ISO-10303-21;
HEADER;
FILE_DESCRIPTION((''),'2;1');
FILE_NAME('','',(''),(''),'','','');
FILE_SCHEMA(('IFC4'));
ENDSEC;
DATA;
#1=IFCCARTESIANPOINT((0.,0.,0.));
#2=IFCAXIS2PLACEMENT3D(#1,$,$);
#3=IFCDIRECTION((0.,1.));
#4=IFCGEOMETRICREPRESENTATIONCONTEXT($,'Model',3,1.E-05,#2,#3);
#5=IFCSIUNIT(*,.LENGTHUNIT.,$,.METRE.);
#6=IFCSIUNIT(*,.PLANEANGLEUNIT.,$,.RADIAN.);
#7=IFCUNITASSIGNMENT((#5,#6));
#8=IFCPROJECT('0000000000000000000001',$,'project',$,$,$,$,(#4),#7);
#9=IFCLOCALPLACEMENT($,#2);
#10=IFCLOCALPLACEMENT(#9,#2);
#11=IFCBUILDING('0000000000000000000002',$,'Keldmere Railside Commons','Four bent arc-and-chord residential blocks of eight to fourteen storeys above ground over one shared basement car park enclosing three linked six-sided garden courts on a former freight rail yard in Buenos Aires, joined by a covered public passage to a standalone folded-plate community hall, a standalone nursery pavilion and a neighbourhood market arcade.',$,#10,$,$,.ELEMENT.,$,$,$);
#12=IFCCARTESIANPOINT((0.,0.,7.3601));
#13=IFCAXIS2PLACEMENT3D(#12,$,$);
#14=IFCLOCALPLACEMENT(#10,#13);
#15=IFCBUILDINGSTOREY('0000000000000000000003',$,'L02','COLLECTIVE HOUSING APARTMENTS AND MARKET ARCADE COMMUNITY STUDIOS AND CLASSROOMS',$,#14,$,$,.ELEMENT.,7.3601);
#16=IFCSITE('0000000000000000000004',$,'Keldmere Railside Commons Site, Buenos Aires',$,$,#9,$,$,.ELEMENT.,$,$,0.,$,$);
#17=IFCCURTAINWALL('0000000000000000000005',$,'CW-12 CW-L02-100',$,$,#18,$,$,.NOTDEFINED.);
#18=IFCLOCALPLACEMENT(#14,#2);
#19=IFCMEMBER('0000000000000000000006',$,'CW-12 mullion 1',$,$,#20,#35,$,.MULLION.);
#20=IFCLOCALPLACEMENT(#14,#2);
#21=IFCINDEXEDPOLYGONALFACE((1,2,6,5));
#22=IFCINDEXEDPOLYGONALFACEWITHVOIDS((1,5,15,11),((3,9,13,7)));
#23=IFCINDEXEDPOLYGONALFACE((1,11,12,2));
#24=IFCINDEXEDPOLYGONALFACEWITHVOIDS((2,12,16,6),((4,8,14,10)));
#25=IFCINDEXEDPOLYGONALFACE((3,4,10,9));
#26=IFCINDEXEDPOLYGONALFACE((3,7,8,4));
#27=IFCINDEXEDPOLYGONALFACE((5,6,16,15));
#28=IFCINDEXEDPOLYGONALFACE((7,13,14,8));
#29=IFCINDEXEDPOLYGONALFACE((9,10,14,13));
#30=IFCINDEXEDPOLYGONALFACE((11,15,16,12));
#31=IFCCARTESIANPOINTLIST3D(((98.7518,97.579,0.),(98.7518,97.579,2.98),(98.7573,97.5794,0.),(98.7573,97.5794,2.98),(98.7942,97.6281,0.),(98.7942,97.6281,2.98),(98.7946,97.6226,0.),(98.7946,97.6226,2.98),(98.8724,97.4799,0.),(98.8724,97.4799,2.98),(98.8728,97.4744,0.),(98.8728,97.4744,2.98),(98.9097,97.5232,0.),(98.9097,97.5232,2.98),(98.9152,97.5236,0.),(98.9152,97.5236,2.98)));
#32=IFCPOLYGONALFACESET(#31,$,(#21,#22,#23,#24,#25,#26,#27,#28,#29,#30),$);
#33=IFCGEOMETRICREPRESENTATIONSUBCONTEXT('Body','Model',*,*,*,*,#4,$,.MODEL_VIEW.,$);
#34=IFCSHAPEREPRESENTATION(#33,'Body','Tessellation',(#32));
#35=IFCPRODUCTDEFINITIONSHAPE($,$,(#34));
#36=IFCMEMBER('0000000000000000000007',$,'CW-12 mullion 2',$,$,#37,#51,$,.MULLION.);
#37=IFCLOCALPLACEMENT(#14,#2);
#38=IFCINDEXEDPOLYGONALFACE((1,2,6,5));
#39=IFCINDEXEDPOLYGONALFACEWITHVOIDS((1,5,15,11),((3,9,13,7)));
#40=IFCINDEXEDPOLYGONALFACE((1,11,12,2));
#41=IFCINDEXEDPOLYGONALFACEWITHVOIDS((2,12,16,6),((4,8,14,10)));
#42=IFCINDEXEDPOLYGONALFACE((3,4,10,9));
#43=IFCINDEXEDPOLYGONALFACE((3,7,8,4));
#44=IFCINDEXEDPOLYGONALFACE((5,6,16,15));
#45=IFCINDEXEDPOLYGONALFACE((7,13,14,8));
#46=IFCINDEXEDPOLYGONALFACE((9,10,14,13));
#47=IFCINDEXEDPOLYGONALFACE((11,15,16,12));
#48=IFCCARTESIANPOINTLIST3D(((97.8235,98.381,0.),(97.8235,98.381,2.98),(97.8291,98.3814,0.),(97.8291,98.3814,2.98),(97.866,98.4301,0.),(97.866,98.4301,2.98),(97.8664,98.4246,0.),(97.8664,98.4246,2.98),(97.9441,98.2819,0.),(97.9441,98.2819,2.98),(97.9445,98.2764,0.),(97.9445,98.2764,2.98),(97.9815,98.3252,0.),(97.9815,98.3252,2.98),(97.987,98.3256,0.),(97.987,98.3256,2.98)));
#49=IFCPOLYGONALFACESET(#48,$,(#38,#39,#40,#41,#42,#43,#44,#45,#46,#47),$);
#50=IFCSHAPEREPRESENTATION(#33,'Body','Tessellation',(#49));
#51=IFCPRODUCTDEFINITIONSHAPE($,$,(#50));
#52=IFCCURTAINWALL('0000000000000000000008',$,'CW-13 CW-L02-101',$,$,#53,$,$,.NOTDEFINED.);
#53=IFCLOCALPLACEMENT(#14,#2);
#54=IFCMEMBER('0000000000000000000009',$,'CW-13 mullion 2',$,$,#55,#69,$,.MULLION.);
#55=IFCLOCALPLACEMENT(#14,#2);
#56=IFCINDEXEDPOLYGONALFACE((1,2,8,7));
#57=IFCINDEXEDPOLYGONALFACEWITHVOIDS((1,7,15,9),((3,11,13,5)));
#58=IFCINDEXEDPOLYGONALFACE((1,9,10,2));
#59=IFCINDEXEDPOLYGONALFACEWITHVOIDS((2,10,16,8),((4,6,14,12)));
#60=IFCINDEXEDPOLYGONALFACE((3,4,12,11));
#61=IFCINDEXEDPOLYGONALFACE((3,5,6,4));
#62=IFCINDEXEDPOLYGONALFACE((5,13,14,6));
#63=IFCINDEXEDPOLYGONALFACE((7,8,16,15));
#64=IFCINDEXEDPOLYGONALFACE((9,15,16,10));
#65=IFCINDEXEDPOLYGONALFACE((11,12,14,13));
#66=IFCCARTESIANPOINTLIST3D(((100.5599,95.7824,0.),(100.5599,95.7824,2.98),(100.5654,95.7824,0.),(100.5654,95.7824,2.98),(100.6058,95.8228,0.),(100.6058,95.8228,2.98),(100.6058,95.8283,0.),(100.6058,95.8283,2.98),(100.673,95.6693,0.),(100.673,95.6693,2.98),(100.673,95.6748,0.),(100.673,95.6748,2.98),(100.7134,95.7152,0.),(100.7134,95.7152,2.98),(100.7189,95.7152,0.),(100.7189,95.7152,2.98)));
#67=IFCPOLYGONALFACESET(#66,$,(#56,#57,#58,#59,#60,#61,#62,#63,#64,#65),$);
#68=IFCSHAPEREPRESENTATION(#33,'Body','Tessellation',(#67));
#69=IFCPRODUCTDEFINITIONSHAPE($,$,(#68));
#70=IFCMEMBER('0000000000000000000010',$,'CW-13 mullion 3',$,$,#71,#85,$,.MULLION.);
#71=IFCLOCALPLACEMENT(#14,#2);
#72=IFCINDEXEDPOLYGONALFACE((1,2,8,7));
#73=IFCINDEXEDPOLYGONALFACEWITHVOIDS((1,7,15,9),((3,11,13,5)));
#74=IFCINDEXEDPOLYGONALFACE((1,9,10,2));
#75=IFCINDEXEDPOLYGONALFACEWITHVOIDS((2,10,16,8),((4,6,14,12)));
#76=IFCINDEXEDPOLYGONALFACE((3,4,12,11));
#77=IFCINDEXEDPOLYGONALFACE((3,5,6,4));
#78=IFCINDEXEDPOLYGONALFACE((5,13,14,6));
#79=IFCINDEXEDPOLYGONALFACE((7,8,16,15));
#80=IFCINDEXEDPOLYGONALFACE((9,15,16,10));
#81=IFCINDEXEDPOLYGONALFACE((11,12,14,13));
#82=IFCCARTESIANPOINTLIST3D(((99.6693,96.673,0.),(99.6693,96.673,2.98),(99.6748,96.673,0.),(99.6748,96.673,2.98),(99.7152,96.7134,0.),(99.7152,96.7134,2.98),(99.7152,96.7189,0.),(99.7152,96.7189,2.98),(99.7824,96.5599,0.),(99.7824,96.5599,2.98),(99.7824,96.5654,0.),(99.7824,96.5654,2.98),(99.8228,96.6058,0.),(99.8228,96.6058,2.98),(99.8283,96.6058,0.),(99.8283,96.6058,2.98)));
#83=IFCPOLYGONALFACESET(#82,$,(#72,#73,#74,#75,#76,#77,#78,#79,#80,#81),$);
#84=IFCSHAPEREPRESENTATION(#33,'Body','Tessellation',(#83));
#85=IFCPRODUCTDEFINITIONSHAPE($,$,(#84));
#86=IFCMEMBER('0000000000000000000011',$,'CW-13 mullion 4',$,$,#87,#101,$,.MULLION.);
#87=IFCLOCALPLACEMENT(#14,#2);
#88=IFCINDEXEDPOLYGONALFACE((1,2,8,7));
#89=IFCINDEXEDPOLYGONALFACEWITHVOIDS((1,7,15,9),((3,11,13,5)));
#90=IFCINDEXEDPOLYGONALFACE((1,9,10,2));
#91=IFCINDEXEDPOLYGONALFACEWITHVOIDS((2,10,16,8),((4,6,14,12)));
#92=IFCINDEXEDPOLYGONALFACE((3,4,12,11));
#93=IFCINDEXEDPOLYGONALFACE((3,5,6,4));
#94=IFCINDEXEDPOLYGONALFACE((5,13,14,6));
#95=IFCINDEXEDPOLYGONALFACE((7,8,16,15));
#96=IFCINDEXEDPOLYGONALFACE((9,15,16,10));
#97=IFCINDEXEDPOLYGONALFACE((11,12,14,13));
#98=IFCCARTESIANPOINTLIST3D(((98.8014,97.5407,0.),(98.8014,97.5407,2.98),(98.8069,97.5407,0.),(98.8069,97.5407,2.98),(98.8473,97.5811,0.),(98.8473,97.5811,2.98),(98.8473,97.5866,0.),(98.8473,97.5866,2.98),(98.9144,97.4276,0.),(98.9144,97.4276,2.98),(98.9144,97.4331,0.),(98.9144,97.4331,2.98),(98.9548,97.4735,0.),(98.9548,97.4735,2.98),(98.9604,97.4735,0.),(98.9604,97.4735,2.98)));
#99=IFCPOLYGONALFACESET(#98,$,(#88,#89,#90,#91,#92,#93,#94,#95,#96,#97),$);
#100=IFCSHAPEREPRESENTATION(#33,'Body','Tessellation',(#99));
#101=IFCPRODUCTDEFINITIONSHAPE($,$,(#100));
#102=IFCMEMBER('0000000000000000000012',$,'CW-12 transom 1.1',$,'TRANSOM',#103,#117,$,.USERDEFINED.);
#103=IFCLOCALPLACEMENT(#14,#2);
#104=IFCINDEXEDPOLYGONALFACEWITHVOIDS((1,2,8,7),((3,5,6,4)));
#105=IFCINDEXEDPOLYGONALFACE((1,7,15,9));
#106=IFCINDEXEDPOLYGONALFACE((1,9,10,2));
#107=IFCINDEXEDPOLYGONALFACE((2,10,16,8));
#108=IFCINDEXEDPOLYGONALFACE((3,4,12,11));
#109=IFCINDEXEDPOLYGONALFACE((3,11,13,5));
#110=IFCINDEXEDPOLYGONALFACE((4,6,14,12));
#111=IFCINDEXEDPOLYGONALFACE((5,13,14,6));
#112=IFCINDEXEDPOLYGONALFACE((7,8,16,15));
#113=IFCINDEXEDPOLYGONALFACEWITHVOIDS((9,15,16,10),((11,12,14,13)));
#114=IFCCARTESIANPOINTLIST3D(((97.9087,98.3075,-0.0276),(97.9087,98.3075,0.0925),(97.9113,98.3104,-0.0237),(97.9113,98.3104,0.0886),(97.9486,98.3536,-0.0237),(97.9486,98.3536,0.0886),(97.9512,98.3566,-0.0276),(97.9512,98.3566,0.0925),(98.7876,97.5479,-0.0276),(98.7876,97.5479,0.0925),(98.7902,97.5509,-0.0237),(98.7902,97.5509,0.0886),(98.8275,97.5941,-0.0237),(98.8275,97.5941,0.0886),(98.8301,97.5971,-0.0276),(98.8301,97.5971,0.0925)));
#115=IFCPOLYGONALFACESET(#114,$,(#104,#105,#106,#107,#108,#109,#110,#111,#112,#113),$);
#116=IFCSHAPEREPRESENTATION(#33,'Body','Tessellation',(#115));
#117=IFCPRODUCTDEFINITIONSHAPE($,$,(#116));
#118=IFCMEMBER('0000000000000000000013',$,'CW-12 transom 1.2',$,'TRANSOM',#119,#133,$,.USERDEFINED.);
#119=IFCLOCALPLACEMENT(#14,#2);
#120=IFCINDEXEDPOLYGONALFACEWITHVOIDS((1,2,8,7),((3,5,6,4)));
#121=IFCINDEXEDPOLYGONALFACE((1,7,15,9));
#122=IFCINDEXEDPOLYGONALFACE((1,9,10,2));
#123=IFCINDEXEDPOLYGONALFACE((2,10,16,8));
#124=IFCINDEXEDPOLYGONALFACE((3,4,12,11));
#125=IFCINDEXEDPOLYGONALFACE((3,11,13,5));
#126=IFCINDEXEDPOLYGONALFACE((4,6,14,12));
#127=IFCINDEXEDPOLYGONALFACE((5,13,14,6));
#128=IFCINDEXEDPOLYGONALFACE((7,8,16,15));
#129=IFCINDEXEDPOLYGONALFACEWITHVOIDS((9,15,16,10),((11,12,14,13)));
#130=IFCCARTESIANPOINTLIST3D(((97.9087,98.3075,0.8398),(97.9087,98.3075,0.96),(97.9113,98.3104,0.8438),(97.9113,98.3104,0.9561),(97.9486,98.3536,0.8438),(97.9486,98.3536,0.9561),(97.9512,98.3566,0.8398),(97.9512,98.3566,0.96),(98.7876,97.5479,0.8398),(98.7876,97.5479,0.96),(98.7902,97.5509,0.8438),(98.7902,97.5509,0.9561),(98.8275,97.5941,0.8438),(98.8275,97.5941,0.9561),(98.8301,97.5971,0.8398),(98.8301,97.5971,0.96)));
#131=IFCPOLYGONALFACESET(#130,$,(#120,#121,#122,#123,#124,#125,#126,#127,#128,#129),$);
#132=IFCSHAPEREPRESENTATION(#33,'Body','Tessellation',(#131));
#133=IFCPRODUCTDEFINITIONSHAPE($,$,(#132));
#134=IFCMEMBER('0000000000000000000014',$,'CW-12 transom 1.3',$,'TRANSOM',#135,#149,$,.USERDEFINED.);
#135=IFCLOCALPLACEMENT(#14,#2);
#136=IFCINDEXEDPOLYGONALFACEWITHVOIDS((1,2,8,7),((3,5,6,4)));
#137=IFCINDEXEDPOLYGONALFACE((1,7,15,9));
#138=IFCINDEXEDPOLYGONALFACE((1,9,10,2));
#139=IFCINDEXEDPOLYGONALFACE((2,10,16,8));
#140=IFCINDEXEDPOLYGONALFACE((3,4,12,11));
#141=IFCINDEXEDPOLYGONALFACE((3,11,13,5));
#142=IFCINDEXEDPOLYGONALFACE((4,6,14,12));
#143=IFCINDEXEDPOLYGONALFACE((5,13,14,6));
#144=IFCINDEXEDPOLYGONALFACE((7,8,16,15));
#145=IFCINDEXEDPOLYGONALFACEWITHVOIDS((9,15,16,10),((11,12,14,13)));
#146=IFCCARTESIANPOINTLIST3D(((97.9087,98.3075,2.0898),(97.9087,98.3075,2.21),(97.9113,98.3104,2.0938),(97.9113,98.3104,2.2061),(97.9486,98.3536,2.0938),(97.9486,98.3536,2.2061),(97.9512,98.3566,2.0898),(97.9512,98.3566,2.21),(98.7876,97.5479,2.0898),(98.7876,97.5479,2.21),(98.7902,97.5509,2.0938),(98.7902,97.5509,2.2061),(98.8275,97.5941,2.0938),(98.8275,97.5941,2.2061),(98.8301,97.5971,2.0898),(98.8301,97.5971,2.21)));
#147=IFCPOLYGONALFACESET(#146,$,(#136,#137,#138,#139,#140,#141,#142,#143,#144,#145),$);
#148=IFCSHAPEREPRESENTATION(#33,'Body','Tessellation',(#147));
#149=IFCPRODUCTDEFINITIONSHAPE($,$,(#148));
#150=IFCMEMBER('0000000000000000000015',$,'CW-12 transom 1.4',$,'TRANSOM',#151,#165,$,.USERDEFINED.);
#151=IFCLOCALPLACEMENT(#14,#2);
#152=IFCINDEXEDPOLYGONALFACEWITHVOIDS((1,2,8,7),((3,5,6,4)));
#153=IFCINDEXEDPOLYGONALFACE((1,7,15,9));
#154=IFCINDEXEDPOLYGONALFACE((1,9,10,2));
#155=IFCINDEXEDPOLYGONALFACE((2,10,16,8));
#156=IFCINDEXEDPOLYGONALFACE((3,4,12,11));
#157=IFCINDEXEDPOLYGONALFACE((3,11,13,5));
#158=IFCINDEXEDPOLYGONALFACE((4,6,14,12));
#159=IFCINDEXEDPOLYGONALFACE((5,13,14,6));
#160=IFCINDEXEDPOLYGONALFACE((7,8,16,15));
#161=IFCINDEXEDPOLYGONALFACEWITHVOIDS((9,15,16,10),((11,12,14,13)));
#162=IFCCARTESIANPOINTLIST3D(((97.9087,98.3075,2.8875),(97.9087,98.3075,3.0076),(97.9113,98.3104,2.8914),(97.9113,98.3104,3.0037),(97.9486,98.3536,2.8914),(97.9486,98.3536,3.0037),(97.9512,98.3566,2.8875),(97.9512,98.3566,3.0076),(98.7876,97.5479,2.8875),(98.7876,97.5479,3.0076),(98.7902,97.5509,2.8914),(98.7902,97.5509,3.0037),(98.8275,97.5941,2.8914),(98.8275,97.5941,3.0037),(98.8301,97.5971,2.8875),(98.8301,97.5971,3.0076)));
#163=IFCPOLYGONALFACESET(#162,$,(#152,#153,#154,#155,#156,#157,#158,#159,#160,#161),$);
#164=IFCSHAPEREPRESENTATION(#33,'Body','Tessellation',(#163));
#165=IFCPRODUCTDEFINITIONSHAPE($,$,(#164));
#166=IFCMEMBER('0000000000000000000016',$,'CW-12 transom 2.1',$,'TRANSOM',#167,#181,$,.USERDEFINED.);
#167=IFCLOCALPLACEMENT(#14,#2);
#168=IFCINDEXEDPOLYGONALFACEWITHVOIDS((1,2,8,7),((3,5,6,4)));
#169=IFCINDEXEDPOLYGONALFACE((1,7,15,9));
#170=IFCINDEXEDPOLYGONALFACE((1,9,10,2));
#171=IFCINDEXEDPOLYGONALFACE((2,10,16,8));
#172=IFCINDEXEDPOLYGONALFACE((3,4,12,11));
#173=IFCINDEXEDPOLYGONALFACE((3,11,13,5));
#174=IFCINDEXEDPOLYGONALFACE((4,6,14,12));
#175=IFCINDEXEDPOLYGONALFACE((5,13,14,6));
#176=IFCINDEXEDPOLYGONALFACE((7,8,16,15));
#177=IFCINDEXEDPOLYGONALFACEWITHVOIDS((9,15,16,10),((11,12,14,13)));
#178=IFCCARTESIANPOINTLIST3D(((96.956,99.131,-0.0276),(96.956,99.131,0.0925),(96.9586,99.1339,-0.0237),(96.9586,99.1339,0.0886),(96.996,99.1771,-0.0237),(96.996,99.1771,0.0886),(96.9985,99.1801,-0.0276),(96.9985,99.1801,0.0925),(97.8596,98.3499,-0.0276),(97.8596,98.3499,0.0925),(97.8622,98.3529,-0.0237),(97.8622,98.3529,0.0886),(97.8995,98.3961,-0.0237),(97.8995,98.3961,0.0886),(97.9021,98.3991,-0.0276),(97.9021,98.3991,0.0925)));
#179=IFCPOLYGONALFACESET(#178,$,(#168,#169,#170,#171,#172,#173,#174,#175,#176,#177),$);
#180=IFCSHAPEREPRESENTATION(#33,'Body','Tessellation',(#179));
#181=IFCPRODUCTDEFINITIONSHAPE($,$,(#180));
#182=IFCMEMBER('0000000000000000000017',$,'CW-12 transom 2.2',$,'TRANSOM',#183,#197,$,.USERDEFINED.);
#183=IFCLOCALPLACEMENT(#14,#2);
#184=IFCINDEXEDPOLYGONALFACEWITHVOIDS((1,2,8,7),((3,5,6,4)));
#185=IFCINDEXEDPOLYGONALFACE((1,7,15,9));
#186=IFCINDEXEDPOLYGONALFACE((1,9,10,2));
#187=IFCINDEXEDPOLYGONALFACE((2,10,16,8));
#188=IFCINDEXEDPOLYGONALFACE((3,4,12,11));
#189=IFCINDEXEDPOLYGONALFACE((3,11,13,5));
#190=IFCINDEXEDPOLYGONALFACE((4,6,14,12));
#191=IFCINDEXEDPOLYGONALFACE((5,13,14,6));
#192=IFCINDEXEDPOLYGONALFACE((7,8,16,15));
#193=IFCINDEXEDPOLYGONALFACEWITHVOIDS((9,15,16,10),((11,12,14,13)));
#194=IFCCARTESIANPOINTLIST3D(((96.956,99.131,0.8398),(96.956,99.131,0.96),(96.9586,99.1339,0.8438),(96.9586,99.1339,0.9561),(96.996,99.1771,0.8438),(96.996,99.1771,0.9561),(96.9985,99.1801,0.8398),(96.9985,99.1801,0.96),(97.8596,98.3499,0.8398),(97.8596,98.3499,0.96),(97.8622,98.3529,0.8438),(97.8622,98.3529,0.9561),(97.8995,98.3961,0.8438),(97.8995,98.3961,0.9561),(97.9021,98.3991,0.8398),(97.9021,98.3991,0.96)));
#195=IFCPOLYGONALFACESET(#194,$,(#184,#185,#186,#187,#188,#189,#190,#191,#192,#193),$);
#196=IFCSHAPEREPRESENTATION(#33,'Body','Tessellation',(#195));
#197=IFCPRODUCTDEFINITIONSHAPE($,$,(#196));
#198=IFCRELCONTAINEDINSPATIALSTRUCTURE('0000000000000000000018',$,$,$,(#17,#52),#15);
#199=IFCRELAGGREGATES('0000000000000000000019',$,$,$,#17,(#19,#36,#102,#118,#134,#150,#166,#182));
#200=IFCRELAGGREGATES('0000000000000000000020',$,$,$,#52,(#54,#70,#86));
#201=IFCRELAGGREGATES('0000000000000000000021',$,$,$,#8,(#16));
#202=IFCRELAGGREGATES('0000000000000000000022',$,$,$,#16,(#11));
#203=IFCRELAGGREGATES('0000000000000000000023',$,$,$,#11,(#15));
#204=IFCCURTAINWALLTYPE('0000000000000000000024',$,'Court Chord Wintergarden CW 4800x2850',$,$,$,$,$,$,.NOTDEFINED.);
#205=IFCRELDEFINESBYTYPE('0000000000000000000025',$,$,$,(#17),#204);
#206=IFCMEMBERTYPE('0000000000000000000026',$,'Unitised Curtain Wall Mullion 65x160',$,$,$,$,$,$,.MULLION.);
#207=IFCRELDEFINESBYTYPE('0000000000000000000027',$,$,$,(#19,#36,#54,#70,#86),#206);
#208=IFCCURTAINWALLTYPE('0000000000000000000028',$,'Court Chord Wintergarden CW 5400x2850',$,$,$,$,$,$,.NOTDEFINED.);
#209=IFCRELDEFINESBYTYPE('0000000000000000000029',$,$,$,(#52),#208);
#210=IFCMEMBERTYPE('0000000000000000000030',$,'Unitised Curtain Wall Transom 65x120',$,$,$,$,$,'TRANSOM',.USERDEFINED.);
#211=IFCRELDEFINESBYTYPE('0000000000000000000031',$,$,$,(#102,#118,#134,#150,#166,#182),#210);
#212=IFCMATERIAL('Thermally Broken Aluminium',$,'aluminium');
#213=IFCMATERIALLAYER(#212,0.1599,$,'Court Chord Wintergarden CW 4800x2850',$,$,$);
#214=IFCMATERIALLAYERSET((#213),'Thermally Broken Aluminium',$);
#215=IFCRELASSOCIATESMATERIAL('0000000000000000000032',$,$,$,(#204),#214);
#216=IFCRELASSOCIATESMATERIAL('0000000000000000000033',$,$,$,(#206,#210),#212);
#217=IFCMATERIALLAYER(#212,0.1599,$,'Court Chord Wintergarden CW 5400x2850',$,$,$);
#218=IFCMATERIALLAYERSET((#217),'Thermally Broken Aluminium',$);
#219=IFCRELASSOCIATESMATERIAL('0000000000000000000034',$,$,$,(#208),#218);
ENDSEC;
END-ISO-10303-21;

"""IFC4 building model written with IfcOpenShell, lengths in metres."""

from ifc_helpers import new_model, si_unit, direction, frame, origin, origin_2d, place, context, subcontext, project, spatial, hollow_rectangle, extrude, material, layer, layer_set, material_profile, profile_set, type_object, element, aggregate, save


model = new_model("IFC4")

# Units and contexts
model_context = context("Model", 3, precision=1e-05, world=origin(), true_north=direction((0.0, 1.0)))
body_context = subcontext(model_context, "Body", "Model", "MODEL_VIEW")
ifc_project = project(units=[si_unit("LENGTHUNIT", "METRE"), si_unit("PLANEANGLEUNIT", "RADIAN")], contexts=[model_context])

# Site, building, storey
site_placement = place(None, origin())
site = spatial("IfcSite", under=ifc_project, at=site_placement, Name="Keldmere Railside Commons Site, Buenos Aires", CompositionType="ELEMENT", RefElevation=0.0)
building_placement = place(site_placement, origin())
building = spatial("IfcBuilding", under=site, at=building_placement, Name="Keldmere Railside Commons", Description="Four bent arc-and-chord residential blocks of eight to fourteen storeys above ground over one shared basement car park enclosing three linked six-sided garden courts on a former freight rail yard in Buenos Aires, joined by a covered public passage to a standalone folded-plate community hall, a standalone nursery pavilion and a neighbourhood market arcade.", CompositionType="ELEMENT")
storey_placement = place(building_placement, frame((0.0, 0.0, 7.3601)))
storey = spatial("IfcBuildingStorey", under=building, at=storey_placement, Name="L02", Description="COLLECTIVE HOUSING APARTMENTS AND MARKET ARCADE COMMUNITY STUDIOS AND CLASSROOMS", CompositionType="ELEMENT", Elevation=7.3601)

# Curtain walls, members
ifc_material_1 = material(Name="Thermally Broken Aluminium", Category="aluminium")
ifc_layer_1 = layer(ifc_material_1, 0.1599, Name="Court Chord Wintergarden CW 4800x2850")
ifc_layer_set_1 = layer_set([ifc_layer_1], Name="Thermally Broken Aluminium")
curtain_wall_type_1 = type_object("IfcCurtainWallType", Name="Court Chord Wintergarden CW 4800x2850", PredefinedType="NOTDEFINED", material=ifc_layer_set_1)
curtain_wall_1_placement = place(storey_placement, origin())
curtain_wall_1 = element("IfcCurtainWall", 1, at=curtain_wall_1_placement, inside=storey, type_object=curtain_wall_type_1, Name="CW-12 CW-L02-100", PredefinedType="NOTDEFINED")
ifc_material_profile_1 = material_profile(ifc_material_1, hollow_rectangle(XDim=0.0649, YDim=0.1599, WallThickness=0.0039, at=origin_2d()), Name="ALU-MULL-65x160")
ifc_profile_set_1 = profile_set([ifc_material_profile_1], Name="Thermally Broken Aluminium")
member_type_1 = type_object("IfcMemberType", Name="Unitised Curtain Wall Mullion 65x160", PredefinedType="MULLION", material=ifc_profile_set_1)
member_1_placement = place(storey_placement, frame((98.8335, 97.5513, 0.0), z_axis=(0.0, 0.0, 1.0), x_axis=(-0.653882, -0.756597, 0.0)))
member_1 = element("IfcMember", 2, at=member_1_placement, type_object=member_type_1, Name="CW-12 mullion 1", PredefinedType="MULLION", context=body_context, shape_type="SweptSolid", body=[
    extrude(hollow_rectangle(XDim=0.0649, YDim=0.1599, WallThickness=0.0039, at=origin_2d()), origin(), (0.0, 0.0, 1.0), 2.98),
])
member_2_placement = place(storey_placement, frame((97.9053, 98.3533, 0.0), z_axis=(0.0, 0.0, 1.0), x_axis=(-0.653882, -0.756597, 0.0)))
member_2 = element("IfcMember", 3, at=member_2_placement, type_object=member_type_1, Name="CW-12 mullion 2", PredefinedType="MULLION", context=body_context, shape_type="SweptSolid", body=[
    extrude(hollow_rectangle(XDim=0.0649, YDim=0.1599, WallThickness=0.0039, at=origin_2d()), origin(), (0.0, 0.0, 1.0), 2.98),
])
ifc_layer_2 = layer(ifc_material_1, 0.1599, Name="Court Chord Wintergarden CW 5400x2850")
ifc_layer_set_2 = layer_set([ifc_layer_2], Name="Thermally Broken Aluminium")
curtain_wall_type_2 = type_object("IfcCurtainWallType", Name="Court Chord Wintergarden CW 5400x2850", PredefinedType="NOTDEFINED", material=ifc_layer_set_2)
curtain_wall_2_placement = place(storey_placement, origin())
curtain_wall_2 = element("IfcCurtainWall", 4, at=curtain_wall_2_placement, inside=storey, type_object=curtain_wall_type_2, Name="CW-13 CW-L02-101", PredefinedType="NOTDEFINED")
member_3_placement = place(storey_placement, frame((100.6394, 95.7488, 0.0), z_axis=(0.0, 0.0, 1.0), x_axis=(-0.707107, -0.707107, 0.0)))
member_3 = element("IfcMember", 5, at=member_3_placement, type_object=member_type_1, Name="CW-13 mullion 2", PredefinedType="MULLION", context=body_context, shape_type="SweptSolid", body=[
    extrude(hollow_rectangle(XDim=0.0649, YDim=0.1599, WallThickness=0.0039, at=origin_2d()), origin(), (0.0, 0.0, 1.0), 2.98),
])
member_4_placement = place(storey_placement, frame((99.7488, 96.6394, 0.0), z_axis=(0.0, 0.0, 1.0), x_axis=(-0.707107, -0.707107, 0.0)))
member_4 = element("IfcMember", 6, at=member_4_placement, type_object=member_type_1, Name="CW-13 mullion 3", PredefinedType="MULLION", context=body_context, shape_type="SweptSolid", body=[
    extrude(hollow_rectangle(XDim=0.0649, YDim=0.1599, WallThickness=0.0039, at=origin_2d()), origin(), (0.0, 0.0, 1.0), 2.98),
])
member_5_placement = place(storey_placement, frame((98.8809, 97.5071, 0.0), z_axis=(0.0, 0.0, 1.0), x_axis=(-0.707107, -0.707107, 0.0)))
member_5 = element("IfcMember", 7, at=member_5_placement, type_object=member_type_1, Name="CW-13 mullion 4", PredefinedType="MULLION", context=body_context, shape_type="SweptSolid", body=[
    extrude(hollow_rectangle(XDim=0.0649, YDim=0.1599, WallThickness=0.0039, at=origin_2d()), origin(), (0.0, 0.0, 1.0), 2.98),
])

# Members
ifc_material_profile_2 = material_profile(ifc_material_1, hollow_rectangle(XDim=0.0649, YDim=0.1201, WallThickness=0.0039, at=origin_2d()), Name="ALU-TRAN-65x120")
ifc_profile_set_2 = profile_set([ifc_material_profile_2], Name="Thermally Broken Aluminium")
member_type_2 = type_object("IfcMemberType", Name="Unitised Curtain Wall Transom 65x120", ElementType="TRANSOM", PredefinedType="USERDEFINED", material=ifc_profile_set_2)
member_6_placement = place(storey_placement, frame((98.8088, 97.5725, 0.0325), z_axis=(-0.756624, 0.65385, 0.0), x_axis=(-0.65385, -0.756624, 0.0)))
member_6 = element("IfcMember", 8, at=member_6_placement, type_object=member_type_2, Name="CW-12 transom 1.1", ObjectType="TRANSOM", PredefinedType="USERDEFINED", context=body_context, shape_type="SweptSolid", body=[
    extrude(hollow_rectangle(XDim=0.0649, YDim=0.1201, WallThickness=0.0039, at=origin_2d()), origin(), (0.0, 0.0, 1.0), 1.1616),
])
member_7_placement = place(storey_placement, frame((98.8088, 97.5725, 0.8999), z_axis=(-0.756624, 0.65385, 0.0), x_axis=(-0.65385, -0.756624, 0.0)))
member_7 = element("IfcMember", 9, at=member_7_placement, type_object=member_type_2, Name="CW-12 transom 1.2", ObjectType="TRANSOM", PredefinedType="USERDEFINED", context=body_context, shape_type="SweptSolid", body=[
    extrude(hollow_rectangle(XDim=0.0649, YDim=0.1201, WallThickness=0.0039, at=origin_2d()), origin(), (0.0, 0.0, 1.0), 1.1616),
])
member_8_placement = place(storey_placement, frame((98.8088, 97.5725, 2.1499), z_axis=(-0.756624, 0.65385, 0.0), x_axis=(-0.65385, -0.756624, 0.0)))
member_8 = element("IfcMember", 10, at=member_8_placement, type_object=member_type_2, Name="CW-12 transom 1.3", ObjectType="TRANSOM", PredefinedType="USERDEFINED", context=body_context, shape_type="SweptSolid", body=[
    extrude(hollow_rectangle(XDim=0.0649, YDim=0.1201, WallThickness=0.0039, at=origin_2d()), origin(), (0.0, 0.0, 1.0), 1.1616),
])
member_9_placement = place(storey_placement, frame((98.8088, 97.5725, 2.9475), z_axis=(-0.756624, 0.65385, 0.0), x_axis=(-0.65385, -0.756624, 0.0)))
member_9 = element("IfcMember", 11, at=member_9_placement, type_object=member_type_2, Name="CW-12 transom 1.4", ObjectType="TRANSOM", PredefinedType="USERDEFINED", context=body_context, shape_type="SweptSolid", body=[
    extrude(hollow_rectangle(XDim=0.0649, YDim=0.1201, WallThickness=0.0039, at=origin_2d()), origin(), (0.0, 0.0, 1.0), 1.1616),
])
member_10_placement = place(storey_placement, frame((97.8809, 98.3745, 0.0325), z_axis=(-0.756552, 0.653934, 0.0), x_axis=(-0.653934, -0.756552, 0.0)))
member_10 = element("IfcMember", 12, at=member_10_placement, type_object=member_type_2, Name="CW-12 transom 2.1", ObjectType="TRANSOM", PredefinedType="USERDEFINED", context=body_context, shape_type="SweptSolid", body=[
    extrude(hollow_rectangle(XDim=0.0649, YDim=0.1201, WallThickness=0.0039, at=origin_2d()), origin(), (0.0, 0.0, 1.0), 1.1943),
])
member_11_placement = place(storey_placement, frame((97.8809, 98.3745, 0.8999), z_axis=(-0.756552, 0.653934, 0.0), x_axis=(-0.653934, -0.756552, 0.0)))
member_11 = element("IfcMember", 13, at=member_11_placement, type_object=member_type_2, Name="CW-12 transom 2.2", ObjectType="TRANSOM", PredefinedType="USERDEFINED", context=body_context, shape_type="SweptSolid", body=[
    extrude(hollow_rectangle(XDim=0.0649, YDim=0.1201, WallThickness=0.0039, at=origin_2d()), origin(), (0.0, 0.0, 1.0), 1.1943),
])

aggregate(curtain_wall_1, [member_1, member_2, member_6, member_7, member_8, member_9, member_10, member_11])
aggregate(curtain_wall_2, [member_3, member_4, member_5])

save(model, "model.ifc")
